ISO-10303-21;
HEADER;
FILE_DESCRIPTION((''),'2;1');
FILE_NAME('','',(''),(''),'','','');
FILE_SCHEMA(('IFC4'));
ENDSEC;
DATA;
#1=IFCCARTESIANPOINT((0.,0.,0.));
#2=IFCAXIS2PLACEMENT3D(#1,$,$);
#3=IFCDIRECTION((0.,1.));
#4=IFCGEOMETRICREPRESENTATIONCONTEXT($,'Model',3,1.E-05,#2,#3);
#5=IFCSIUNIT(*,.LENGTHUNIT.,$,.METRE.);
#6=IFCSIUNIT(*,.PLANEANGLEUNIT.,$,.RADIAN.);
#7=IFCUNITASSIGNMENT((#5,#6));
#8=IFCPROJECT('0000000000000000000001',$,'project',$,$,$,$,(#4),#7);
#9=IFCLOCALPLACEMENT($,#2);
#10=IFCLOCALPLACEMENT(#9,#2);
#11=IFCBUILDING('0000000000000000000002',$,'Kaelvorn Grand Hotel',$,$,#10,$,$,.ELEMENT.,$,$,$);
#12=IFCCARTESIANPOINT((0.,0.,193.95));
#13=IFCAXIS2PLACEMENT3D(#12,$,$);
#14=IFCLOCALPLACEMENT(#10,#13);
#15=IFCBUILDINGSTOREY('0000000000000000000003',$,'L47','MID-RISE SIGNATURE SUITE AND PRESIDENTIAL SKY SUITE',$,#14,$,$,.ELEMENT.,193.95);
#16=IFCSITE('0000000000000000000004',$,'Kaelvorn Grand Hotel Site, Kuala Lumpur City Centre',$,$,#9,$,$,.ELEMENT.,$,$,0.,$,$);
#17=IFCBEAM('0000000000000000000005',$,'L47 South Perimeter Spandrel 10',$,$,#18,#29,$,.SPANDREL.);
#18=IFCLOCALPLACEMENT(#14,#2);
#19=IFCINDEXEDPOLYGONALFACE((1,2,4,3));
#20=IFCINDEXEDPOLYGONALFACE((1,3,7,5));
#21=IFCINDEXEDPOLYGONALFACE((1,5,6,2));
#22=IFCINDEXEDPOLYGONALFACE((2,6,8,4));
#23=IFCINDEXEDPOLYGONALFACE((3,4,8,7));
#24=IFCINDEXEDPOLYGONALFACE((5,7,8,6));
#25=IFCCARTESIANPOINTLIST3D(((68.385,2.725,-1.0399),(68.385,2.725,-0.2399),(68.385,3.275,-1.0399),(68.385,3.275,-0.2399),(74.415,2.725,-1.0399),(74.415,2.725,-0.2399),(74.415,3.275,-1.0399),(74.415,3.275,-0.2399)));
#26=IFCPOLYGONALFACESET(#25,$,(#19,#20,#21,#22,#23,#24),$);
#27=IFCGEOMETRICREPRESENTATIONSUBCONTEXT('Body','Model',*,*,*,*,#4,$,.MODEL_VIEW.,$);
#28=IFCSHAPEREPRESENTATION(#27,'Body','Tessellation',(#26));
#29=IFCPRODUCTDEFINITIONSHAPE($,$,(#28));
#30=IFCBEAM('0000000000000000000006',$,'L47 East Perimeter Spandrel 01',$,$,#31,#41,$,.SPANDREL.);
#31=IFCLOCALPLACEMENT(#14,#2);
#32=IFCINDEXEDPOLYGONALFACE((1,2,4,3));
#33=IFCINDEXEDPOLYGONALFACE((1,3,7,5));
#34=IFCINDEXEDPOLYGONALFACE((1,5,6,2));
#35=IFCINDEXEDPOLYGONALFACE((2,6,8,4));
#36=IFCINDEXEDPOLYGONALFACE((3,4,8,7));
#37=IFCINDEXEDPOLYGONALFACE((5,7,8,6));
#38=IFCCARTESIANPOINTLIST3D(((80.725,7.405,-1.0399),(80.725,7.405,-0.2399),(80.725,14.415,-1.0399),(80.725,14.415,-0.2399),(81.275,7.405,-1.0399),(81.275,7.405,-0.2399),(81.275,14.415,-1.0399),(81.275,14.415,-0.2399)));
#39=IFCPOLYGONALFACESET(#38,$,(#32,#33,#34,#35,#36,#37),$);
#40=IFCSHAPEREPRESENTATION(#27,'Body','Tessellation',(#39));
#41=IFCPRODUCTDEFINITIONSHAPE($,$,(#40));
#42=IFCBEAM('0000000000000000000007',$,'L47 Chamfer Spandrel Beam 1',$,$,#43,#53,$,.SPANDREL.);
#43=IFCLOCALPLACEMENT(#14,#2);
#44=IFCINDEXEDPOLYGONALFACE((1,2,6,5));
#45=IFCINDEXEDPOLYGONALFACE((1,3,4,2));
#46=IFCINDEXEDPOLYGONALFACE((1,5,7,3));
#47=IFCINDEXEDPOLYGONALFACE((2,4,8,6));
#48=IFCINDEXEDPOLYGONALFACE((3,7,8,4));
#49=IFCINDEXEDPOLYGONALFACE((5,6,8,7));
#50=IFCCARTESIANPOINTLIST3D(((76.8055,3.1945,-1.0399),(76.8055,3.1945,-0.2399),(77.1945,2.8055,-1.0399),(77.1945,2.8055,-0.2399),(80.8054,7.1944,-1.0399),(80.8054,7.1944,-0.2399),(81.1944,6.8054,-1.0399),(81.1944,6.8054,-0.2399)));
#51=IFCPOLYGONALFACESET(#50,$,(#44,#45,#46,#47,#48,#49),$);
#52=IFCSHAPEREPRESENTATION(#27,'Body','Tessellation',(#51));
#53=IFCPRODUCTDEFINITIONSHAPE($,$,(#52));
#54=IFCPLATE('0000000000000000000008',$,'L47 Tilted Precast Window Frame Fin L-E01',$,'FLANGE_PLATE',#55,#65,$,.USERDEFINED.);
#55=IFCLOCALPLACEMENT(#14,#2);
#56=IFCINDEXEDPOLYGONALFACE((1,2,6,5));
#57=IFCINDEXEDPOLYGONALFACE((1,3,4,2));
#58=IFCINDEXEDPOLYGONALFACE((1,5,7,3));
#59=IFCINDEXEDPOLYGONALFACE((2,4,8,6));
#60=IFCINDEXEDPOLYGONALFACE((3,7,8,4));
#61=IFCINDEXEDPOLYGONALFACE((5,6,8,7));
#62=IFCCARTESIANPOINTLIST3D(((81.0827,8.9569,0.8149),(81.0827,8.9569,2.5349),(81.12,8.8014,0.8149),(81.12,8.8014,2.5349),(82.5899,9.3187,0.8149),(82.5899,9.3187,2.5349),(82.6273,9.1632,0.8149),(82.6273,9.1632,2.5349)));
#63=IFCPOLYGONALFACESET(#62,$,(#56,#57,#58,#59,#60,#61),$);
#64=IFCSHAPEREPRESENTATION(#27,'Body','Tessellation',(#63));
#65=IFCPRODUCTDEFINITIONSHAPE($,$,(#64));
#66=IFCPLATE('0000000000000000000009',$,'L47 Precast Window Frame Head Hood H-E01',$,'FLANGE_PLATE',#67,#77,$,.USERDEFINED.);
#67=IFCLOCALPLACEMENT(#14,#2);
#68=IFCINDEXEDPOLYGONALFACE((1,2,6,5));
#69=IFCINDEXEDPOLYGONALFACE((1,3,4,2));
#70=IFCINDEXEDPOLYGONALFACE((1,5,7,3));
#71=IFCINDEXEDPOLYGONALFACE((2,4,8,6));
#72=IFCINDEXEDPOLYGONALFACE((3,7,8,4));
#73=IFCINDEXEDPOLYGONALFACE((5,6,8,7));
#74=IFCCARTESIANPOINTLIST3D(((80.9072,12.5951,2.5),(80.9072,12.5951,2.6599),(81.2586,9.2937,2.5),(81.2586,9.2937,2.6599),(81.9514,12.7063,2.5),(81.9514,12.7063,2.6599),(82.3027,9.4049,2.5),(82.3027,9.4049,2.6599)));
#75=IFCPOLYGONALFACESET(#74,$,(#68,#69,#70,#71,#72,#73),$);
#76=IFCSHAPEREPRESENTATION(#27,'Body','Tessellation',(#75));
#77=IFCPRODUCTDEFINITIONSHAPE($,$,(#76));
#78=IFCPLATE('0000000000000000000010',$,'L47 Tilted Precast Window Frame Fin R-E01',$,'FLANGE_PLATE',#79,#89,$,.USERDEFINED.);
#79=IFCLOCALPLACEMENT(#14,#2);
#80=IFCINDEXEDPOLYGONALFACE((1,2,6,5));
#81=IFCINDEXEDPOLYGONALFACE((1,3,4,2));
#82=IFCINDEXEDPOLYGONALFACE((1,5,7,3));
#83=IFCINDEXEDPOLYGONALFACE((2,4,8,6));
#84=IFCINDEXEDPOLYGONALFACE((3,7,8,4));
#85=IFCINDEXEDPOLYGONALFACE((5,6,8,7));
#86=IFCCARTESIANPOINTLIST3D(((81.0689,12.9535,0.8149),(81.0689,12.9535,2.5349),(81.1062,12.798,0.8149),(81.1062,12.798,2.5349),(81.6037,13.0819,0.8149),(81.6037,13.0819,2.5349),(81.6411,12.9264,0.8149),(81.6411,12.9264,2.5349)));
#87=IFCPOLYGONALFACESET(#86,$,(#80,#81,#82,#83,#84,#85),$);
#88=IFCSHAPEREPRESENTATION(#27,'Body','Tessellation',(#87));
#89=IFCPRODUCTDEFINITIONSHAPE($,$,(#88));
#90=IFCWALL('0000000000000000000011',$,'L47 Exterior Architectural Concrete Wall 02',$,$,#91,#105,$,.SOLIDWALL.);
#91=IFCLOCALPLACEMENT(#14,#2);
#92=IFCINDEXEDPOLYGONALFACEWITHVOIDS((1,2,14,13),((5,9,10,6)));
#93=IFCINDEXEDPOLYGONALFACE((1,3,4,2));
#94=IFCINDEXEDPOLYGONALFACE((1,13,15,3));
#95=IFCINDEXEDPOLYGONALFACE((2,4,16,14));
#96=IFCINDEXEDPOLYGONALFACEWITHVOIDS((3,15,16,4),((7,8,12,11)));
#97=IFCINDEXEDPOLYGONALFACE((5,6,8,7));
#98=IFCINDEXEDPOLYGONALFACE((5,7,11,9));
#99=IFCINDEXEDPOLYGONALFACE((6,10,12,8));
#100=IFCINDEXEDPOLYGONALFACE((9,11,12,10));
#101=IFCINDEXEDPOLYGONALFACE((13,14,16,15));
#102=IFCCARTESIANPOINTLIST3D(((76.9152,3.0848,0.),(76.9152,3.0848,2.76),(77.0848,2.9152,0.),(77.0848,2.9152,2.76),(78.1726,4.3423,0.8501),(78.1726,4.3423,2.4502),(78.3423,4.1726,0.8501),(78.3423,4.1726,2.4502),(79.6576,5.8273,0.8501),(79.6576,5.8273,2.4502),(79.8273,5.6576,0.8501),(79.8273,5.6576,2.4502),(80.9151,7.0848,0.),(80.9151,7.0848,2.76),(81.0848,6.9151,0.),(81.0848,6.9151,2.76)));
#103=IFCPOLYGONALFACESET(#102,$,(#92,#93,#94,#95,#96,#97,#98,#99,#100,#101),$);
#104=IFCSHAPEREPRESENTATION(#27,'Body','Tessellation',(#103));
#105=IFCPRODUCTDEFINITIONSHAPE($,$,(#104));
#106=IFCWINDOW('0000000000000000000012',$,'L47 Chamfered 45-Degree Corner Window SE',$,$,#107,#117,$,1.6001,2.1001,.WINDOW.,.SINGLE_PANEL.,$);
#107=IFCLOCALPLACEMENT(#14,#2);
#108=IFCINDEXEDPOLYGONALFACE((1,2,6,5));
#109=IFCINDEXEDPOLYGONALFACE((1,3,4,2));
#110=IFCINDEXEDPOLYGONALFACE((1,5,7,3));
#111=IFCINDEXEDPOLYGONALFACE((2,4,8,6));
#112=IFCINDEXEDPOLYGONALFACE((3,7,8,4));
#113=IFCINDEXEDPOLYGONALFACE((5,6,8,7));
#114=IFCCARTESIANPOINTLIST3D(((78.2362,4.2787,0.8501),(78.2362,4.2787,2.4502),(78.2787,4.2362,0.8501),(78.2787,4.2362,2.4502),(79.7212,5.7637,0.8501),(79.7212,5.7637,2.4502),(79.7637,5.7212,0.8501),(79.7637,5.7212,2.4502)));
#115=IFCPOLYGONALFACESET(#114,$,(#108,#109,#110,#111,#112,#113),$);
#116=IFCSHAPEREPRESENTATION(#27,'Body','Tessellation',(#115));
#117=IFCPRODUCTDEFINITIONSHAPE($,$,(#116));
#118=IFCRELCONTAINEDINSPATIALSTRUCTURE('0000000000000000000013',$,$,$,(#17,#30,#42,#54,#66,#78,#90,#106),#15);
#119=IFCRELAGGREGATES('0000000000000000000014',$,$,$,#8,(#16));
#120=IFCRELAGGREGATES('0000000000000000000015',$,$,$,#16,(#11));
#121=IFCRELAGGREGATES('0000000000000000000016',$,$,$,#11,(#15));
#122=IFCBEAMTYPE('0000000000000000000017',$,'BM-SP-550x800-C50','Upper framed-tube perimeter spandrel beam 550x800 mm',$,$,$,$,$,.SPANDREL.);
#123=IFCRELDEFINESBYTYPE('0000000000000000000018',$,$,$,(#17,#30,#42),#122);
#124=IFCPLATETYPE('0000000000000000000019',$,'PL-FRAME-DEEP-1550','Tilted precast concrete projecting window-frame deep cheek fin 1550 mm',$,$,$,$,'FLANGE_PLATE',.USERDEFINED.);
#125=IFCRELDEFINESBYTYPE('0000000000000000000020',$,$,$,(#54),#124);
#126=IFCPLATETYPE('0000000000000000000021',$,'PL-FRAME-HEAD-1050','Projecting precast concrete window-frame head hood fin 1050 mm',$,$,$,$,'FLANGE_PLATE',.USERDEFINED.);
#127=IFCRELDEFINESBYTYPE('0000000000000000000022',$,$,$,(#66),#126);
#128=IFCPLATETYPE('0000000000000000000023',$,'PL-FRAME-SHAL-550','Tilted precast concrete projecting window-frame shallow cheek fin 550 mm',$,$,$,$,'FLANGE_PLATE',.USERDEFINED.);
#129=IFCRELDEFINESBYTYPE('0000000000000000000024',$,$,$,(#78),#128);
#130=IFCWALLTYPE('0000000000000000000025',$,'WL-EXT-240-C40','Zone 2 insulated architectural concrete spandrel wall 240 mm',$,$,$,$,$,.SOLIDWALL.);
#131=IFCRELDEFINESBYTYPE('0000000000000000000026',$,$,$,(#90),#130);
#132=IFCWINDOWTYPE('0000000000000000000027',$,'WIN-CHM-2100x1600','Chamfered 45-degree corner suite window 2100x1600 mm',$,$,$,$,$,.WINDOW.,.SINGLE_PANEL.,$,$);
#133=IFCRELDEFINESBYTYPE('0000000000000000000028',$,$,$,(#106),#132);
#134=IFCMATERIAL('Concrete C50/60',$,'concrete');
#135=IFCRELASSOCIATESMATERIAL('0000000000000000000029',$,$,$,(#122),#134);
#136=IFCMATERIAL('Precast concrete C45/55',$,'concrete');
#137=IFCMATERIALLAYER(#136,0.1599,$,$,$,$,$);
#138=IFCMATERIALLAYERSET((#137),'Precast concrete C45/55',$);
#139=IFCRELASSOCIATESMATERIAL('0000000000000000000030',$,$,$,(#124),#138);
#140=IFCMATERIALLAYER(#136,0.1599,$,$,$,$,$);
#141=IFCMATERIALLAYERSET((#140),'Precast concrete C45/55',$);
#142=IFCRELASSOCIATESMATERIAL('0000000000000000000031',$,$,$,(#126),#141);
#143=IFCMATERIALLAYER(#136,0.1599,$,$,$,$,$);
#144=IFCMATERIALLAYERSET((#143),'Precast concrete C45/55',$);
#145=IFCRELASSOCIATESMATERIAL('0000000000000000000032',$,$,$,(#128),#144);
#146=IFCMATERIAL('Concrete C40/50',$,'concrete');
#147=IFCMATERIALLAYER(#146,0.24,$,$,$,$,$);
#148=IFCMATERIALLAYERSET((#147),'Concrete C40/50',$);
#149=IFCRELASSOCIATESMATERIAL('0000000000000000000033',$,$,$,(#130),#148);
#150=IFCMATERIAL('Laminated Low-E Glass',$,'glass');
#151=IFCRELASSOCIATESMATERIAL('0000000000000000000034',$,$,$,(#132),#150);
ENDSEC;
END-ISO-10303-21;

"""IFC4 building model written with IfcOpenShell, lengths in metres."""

from ifc_helpers import new_model, si_unit, direction, frame, frame_2d, origin, origin_2d, place, context, subcontext, project, spatial, rectangle, extrude, material, layer, layer_set, material_profile, profile_set, type_object, element, fill, save


model = new_model("IFC4")

# Units and contexts
model_context = context("Model", 3, precision=1e-05, world=origin(), true_north=direction((0.0, 1.0)))
body_context = subcontext(model_context, "Body", "Model", "MODEL_VIEW")
ifc_project = project(units=[si_unit("LENGTHUNIT", "METRE"), si_unit("PLANEANGLEUNIT", "RADIAN")], contexts=[model_context])

# Site, building, storey
site_placement = place(None, origin())
site = spatial("IfcSite", under=ifc_project, at=site_placement, Name="Kaelvorn Grand Hotel Site, Kuala Lumpur City Centre", CompositionType="ELEMENT", RefElevation=0.0)
building_placement = place(site_placement, origin())
building = spatial("IfcBuilding", under=site, at=building_placement, Name="Kaelvorn Grand Hotel", CompositionType="ELEMENT")
storey_placement = place(building_placement, frame((0.0, 0.0, 193.95)))
storey = spatial("IfcBuildingStorey", under=building, at=storey_placement, Name="L47", Description="MID-RISE SIGNATURE SUITE AND PRESIDENTIAL SKY SUITE", CompositionType="ELEMENT", Elevation=193.95)

# Beams
ifc_material_1 = material(Name="Concrete C50/60", Category="concrete")
ifc_material_profile_1 = material_profile(ifc_material_1, rectangle(XDim=0.55, YDim=0.8, at=origin_2d()), Name="RC SPANDREL 550x800")
ifc_profile_set_1 = profile_set([ifc_material_profile_1], Name="Concrete C50/60")
beam_type_1 = type_object("IfcBeamType", Name="BM-SP-550x800-C50", Description="Upper framed-tube perimeter spandrel beam 550x800 mm", PredefinedType="SPANDREL", material=ifc_profile_set_1)
beam_1_placement = place(storey_placement, frame((68.385, 3.0, -0.6399), z_axis=(1.0, 0.0, 0.0), x_axis=(0.0, 1.0, 0.0)))
element("IfcBeam", 1, at=beam_1_placement, inside=storey, type_object=beam_type_1, Name="L47 South Perimeter Spandrel 10", PredefinedType="SPANDREL", context=body_context, shape_type="SweptSolid", body=[
    extrude(rectangle(XDim=0.55, YDim=0.8, at=origin_2d()), origin(), (0.0, 0.0, 1.0), 6.03),
])
beam_2_placement = place(storey_placement, frame((81.0, 7.405, -0.6399), z_axis=(0.0, 1.0, 0.0), x_axis=(-1.0, 0.0, 0.0)))
element("IfcBeam", 2, at=beam_2_placement, inside=storey, type_object=beam_type_1, Name="L47 East Perimeter Spandrel 01", PredefinedType="SPANDREL", context=body_context, shape_type="SweptSolid", body=[
    extrude(rectangle(XDim=0.55, YDim=0.8, at=origin_2d()), origin(), (0.0, 0.0, 1.0), 7.01),
])
beam_3_placement = place(storey_placement, frame((77.0, 3.0, -0.6399), z_axis=(0.707107, 0.707107, 0.0), x_axis=(-0.707107, 0.707107, 0.0)))
element("IfcBeam", 3, at=beam_3_placement, inside=storey, type_object=beam_type_1, Name="L47 Chamfer Spandrel Beam 1", PredefinedType="SPANDREL", context=body_context, shape_type="SweptSolid", body=[
    extrude(rectangle(XDim=0.55, YDim=0.8, at=origin_2d()), origin(), (0.0, 0.0, 1.0), 5.6567),
])

# Plates
ifc_material_2 = material(Name="Precast concrete C45/55", Category="concrete")
ifc_layer_1 = layer(ifc_material_2, 0.1599)
ifc_layer_set_1 = layer_set([ifc_layer_1], Name="Precast concrete C45/55")
plate_type_1 = type_object("IfcPlateType", Name="PL-FRAME-DEEP-1550", Description="Tilted precast concrete projecting window-frame deep cheek fin 1550 mm", ElementType="FLANGE_PLATE", PredefinedType="USERDEFINED", material=ifc_layer_set_1)
plate_1_placement = place(storey_placement, frame((81.855, 9.0601, 0.8149), z_axis=(0.0, 0.0, 1.0), x_axis=(-0.233445, 0.97237, 0.0)))
element("IfcPlate", 4, at=plate_1_placement, inside=storey, type_object=plate_type_1, Name="L47 Tilted Precast Window Frame Fin L-E01", ObjectType="FLANGE_PLATE", PredefinedType="USERDEFINED", context=body_context, shape_type="SweptSolid", body=[
    extrude(rectangle(XDim=0.1599, YDim=1.55, at=origin_2d()), origin(), (0.0, 0.0, 1.0), 1.72),
])
ifc_layer_2 = layer(ifc_material_2, 0.1599)
ifc_layer_set_2 = layer_set([ifc_layer_2], Name="Precast concrete C45/55")
plate_type_2 = type_object("IfcPlateType", Name="PL-FRAME-HEAD-1050", Description="Projecting precast concrete window-frame head hood fin 1050 mm", ElementType="FLANGE_PLATE", PredefinedType="USERDEFINED", material=ifc_layer_set_2)
plate_2_placement = place(storey_placement, frame((81.605, 11.0, 2.5), z_axis=(0.0, 0.0, 1.0), x_axis=(-0.10583, 0.994384, 0.0)))
element("IfcPlate", 5, at=plate_2_placement, inside=storey, type_object=plate_type_2, Name="L47 Precast Window Frame Head Hood H-E01", ObjectType="FLANGE_PLATE", PredefinedType="USERDEFINED", context=body_context, shape_type="SweptSolid", body=[
    extrude(rectangle(XDim=3.3201, YDim=1.05, at=origin_2d()), origin(), (0.0, 0.0, 1.0), 0.1599),
])
ifc_layer_3 = layer(ifc_material_2, 0.1599)
ifc_layer_set_3 = layer_set([ifc_layer_3], Name="Precast concrete C45/55")
plate_type_3 = type_object("IfcPlateType", Name="PL-FRAME-SHAL-550", Description="Tilted precast concrete projecting window-frame shallow cheek fin 550 mm", ElementType="FLANGE_PLATE", PredefinedType="USERDEFINED", material=ifc_layer_set_3)
plate_3_placement = place(storey_placement, frame((81.355, 12.9399, 0.8149), z_axis=(0.0, 0.0, 1.0), x_axis=(-0.233445, 0.97237, 0.0)))
element("IfcPlate", 6, at=plate_3_placement, inside=storey, type_object=plate_type_3, Name="L47 Tilted Precast Window Frame Fin R-E01", ObjectType="FLANGE_PLATE", PredefinedType="USERDEFINED", context=body_context, shape_type="SweptSolid", body=[
    extrude(rectangle(XDim=0.1599, YDim=0.55, at=origin_2d()), origin(), (0.0, 0.0, 1.0), 1.72),
])

# Wall, opening, window
ifc_material_3 = material(Name="Concrete C40/50", Category="concrete")
ifc_layer_4 = layer(ifc_material_3, 0.24)
ifc_layer_set_4 = layer_set([ifc_layer_4], Name="Concrete C40/50")
wall_type_1 = type_object("IfcWallType", Name="WL-EXT-240-C40", Description="Zone 2 insulated architectural concrete spandrel wall 240 mm", PredefinedType="SOLIDWALL", material=ifc_layer_set_4)
wall_1_placement = place(storey_placement, frame((77.0, 3.0, 0.0), z_axis=(0.0, 0.0, 1.0), x_axis=(0.707107, 0.707107, 0.0)))
wall_1 = element("IfcWall", 7, at=wall_1_placement, inside=storey, type_object=wall_type_1, Name="L47 Exterior Architectural Concrete Wall 02", PredefinedType="SOLIDWALL", context=body_context, shape_type="SweptSolid", body=[
    extrude(rectangle(XDim=5.6567, YDim=0.24, at=frame_2d((2.8284, 0.0))), origin(), (0.0, 0.0, 1.0), 2.76),
])
opening_1_placement = place(wall_1_placement, frame((1.7783, 0.0, 0.8501)))
opening_1 = element("IfcOpeningElement", 8, at=opening_1_placement, cuts=wall_1, PredefinedType="OPENING", context=body_context, shape_type="SweptSolid", body=[
    extrude(rectangle(XDim=2.1001, YDim=1.6001, at=frame_2d((1.05, 0.8))), frame((0.0, 0.1299, 0.0), z_axis=(0.0, -1.0, 0.0), x_axis=(1.0, 0.0, 0.0)), (0.0, 0.0, 1.0), 0.26),
])
ifc_material_4 = material(Name="Laminated Low-E Glass", Category="glass")
window_type_1 = type_object("IfcWindowType", Name="WIN-CHM-2100x1600", Description="Chamfered 45-degree corner suite window 2100x1600 mm", PartitioningType="SINGLE_PANEL", PredefinedType="WINDOW", material=ifc_material_4)
window_1_placement = place(opening_1_placement, origin())
window_1 = element("IfcWindow", 9, at=window_1_placement, inside=storey, type_object=window_type_1, Name="L47 Chamfered 45-Degree Corner Window SE", OverallHeight=1.6001, OverallWidth=2.1001, PartitioningType="SINGLE_PANEL", PredefinedType="WINDOW", context=body_context, shape_type="SweptSolid", body=[
    extrude(rectangle(XDim=2.1001, YDim=1.6001, at=frame_2d((1.05, 0.8))), frame((0.0, 0.03, 0.0), z_axis=(0.0, -1.0, 0.0), x_axis=(1.0, 0.0, 0.0)), (0.0, 0.0, 1.0), 0.0601),
])
fill(opening_1, window_1)

save(model, "model.ifc")
